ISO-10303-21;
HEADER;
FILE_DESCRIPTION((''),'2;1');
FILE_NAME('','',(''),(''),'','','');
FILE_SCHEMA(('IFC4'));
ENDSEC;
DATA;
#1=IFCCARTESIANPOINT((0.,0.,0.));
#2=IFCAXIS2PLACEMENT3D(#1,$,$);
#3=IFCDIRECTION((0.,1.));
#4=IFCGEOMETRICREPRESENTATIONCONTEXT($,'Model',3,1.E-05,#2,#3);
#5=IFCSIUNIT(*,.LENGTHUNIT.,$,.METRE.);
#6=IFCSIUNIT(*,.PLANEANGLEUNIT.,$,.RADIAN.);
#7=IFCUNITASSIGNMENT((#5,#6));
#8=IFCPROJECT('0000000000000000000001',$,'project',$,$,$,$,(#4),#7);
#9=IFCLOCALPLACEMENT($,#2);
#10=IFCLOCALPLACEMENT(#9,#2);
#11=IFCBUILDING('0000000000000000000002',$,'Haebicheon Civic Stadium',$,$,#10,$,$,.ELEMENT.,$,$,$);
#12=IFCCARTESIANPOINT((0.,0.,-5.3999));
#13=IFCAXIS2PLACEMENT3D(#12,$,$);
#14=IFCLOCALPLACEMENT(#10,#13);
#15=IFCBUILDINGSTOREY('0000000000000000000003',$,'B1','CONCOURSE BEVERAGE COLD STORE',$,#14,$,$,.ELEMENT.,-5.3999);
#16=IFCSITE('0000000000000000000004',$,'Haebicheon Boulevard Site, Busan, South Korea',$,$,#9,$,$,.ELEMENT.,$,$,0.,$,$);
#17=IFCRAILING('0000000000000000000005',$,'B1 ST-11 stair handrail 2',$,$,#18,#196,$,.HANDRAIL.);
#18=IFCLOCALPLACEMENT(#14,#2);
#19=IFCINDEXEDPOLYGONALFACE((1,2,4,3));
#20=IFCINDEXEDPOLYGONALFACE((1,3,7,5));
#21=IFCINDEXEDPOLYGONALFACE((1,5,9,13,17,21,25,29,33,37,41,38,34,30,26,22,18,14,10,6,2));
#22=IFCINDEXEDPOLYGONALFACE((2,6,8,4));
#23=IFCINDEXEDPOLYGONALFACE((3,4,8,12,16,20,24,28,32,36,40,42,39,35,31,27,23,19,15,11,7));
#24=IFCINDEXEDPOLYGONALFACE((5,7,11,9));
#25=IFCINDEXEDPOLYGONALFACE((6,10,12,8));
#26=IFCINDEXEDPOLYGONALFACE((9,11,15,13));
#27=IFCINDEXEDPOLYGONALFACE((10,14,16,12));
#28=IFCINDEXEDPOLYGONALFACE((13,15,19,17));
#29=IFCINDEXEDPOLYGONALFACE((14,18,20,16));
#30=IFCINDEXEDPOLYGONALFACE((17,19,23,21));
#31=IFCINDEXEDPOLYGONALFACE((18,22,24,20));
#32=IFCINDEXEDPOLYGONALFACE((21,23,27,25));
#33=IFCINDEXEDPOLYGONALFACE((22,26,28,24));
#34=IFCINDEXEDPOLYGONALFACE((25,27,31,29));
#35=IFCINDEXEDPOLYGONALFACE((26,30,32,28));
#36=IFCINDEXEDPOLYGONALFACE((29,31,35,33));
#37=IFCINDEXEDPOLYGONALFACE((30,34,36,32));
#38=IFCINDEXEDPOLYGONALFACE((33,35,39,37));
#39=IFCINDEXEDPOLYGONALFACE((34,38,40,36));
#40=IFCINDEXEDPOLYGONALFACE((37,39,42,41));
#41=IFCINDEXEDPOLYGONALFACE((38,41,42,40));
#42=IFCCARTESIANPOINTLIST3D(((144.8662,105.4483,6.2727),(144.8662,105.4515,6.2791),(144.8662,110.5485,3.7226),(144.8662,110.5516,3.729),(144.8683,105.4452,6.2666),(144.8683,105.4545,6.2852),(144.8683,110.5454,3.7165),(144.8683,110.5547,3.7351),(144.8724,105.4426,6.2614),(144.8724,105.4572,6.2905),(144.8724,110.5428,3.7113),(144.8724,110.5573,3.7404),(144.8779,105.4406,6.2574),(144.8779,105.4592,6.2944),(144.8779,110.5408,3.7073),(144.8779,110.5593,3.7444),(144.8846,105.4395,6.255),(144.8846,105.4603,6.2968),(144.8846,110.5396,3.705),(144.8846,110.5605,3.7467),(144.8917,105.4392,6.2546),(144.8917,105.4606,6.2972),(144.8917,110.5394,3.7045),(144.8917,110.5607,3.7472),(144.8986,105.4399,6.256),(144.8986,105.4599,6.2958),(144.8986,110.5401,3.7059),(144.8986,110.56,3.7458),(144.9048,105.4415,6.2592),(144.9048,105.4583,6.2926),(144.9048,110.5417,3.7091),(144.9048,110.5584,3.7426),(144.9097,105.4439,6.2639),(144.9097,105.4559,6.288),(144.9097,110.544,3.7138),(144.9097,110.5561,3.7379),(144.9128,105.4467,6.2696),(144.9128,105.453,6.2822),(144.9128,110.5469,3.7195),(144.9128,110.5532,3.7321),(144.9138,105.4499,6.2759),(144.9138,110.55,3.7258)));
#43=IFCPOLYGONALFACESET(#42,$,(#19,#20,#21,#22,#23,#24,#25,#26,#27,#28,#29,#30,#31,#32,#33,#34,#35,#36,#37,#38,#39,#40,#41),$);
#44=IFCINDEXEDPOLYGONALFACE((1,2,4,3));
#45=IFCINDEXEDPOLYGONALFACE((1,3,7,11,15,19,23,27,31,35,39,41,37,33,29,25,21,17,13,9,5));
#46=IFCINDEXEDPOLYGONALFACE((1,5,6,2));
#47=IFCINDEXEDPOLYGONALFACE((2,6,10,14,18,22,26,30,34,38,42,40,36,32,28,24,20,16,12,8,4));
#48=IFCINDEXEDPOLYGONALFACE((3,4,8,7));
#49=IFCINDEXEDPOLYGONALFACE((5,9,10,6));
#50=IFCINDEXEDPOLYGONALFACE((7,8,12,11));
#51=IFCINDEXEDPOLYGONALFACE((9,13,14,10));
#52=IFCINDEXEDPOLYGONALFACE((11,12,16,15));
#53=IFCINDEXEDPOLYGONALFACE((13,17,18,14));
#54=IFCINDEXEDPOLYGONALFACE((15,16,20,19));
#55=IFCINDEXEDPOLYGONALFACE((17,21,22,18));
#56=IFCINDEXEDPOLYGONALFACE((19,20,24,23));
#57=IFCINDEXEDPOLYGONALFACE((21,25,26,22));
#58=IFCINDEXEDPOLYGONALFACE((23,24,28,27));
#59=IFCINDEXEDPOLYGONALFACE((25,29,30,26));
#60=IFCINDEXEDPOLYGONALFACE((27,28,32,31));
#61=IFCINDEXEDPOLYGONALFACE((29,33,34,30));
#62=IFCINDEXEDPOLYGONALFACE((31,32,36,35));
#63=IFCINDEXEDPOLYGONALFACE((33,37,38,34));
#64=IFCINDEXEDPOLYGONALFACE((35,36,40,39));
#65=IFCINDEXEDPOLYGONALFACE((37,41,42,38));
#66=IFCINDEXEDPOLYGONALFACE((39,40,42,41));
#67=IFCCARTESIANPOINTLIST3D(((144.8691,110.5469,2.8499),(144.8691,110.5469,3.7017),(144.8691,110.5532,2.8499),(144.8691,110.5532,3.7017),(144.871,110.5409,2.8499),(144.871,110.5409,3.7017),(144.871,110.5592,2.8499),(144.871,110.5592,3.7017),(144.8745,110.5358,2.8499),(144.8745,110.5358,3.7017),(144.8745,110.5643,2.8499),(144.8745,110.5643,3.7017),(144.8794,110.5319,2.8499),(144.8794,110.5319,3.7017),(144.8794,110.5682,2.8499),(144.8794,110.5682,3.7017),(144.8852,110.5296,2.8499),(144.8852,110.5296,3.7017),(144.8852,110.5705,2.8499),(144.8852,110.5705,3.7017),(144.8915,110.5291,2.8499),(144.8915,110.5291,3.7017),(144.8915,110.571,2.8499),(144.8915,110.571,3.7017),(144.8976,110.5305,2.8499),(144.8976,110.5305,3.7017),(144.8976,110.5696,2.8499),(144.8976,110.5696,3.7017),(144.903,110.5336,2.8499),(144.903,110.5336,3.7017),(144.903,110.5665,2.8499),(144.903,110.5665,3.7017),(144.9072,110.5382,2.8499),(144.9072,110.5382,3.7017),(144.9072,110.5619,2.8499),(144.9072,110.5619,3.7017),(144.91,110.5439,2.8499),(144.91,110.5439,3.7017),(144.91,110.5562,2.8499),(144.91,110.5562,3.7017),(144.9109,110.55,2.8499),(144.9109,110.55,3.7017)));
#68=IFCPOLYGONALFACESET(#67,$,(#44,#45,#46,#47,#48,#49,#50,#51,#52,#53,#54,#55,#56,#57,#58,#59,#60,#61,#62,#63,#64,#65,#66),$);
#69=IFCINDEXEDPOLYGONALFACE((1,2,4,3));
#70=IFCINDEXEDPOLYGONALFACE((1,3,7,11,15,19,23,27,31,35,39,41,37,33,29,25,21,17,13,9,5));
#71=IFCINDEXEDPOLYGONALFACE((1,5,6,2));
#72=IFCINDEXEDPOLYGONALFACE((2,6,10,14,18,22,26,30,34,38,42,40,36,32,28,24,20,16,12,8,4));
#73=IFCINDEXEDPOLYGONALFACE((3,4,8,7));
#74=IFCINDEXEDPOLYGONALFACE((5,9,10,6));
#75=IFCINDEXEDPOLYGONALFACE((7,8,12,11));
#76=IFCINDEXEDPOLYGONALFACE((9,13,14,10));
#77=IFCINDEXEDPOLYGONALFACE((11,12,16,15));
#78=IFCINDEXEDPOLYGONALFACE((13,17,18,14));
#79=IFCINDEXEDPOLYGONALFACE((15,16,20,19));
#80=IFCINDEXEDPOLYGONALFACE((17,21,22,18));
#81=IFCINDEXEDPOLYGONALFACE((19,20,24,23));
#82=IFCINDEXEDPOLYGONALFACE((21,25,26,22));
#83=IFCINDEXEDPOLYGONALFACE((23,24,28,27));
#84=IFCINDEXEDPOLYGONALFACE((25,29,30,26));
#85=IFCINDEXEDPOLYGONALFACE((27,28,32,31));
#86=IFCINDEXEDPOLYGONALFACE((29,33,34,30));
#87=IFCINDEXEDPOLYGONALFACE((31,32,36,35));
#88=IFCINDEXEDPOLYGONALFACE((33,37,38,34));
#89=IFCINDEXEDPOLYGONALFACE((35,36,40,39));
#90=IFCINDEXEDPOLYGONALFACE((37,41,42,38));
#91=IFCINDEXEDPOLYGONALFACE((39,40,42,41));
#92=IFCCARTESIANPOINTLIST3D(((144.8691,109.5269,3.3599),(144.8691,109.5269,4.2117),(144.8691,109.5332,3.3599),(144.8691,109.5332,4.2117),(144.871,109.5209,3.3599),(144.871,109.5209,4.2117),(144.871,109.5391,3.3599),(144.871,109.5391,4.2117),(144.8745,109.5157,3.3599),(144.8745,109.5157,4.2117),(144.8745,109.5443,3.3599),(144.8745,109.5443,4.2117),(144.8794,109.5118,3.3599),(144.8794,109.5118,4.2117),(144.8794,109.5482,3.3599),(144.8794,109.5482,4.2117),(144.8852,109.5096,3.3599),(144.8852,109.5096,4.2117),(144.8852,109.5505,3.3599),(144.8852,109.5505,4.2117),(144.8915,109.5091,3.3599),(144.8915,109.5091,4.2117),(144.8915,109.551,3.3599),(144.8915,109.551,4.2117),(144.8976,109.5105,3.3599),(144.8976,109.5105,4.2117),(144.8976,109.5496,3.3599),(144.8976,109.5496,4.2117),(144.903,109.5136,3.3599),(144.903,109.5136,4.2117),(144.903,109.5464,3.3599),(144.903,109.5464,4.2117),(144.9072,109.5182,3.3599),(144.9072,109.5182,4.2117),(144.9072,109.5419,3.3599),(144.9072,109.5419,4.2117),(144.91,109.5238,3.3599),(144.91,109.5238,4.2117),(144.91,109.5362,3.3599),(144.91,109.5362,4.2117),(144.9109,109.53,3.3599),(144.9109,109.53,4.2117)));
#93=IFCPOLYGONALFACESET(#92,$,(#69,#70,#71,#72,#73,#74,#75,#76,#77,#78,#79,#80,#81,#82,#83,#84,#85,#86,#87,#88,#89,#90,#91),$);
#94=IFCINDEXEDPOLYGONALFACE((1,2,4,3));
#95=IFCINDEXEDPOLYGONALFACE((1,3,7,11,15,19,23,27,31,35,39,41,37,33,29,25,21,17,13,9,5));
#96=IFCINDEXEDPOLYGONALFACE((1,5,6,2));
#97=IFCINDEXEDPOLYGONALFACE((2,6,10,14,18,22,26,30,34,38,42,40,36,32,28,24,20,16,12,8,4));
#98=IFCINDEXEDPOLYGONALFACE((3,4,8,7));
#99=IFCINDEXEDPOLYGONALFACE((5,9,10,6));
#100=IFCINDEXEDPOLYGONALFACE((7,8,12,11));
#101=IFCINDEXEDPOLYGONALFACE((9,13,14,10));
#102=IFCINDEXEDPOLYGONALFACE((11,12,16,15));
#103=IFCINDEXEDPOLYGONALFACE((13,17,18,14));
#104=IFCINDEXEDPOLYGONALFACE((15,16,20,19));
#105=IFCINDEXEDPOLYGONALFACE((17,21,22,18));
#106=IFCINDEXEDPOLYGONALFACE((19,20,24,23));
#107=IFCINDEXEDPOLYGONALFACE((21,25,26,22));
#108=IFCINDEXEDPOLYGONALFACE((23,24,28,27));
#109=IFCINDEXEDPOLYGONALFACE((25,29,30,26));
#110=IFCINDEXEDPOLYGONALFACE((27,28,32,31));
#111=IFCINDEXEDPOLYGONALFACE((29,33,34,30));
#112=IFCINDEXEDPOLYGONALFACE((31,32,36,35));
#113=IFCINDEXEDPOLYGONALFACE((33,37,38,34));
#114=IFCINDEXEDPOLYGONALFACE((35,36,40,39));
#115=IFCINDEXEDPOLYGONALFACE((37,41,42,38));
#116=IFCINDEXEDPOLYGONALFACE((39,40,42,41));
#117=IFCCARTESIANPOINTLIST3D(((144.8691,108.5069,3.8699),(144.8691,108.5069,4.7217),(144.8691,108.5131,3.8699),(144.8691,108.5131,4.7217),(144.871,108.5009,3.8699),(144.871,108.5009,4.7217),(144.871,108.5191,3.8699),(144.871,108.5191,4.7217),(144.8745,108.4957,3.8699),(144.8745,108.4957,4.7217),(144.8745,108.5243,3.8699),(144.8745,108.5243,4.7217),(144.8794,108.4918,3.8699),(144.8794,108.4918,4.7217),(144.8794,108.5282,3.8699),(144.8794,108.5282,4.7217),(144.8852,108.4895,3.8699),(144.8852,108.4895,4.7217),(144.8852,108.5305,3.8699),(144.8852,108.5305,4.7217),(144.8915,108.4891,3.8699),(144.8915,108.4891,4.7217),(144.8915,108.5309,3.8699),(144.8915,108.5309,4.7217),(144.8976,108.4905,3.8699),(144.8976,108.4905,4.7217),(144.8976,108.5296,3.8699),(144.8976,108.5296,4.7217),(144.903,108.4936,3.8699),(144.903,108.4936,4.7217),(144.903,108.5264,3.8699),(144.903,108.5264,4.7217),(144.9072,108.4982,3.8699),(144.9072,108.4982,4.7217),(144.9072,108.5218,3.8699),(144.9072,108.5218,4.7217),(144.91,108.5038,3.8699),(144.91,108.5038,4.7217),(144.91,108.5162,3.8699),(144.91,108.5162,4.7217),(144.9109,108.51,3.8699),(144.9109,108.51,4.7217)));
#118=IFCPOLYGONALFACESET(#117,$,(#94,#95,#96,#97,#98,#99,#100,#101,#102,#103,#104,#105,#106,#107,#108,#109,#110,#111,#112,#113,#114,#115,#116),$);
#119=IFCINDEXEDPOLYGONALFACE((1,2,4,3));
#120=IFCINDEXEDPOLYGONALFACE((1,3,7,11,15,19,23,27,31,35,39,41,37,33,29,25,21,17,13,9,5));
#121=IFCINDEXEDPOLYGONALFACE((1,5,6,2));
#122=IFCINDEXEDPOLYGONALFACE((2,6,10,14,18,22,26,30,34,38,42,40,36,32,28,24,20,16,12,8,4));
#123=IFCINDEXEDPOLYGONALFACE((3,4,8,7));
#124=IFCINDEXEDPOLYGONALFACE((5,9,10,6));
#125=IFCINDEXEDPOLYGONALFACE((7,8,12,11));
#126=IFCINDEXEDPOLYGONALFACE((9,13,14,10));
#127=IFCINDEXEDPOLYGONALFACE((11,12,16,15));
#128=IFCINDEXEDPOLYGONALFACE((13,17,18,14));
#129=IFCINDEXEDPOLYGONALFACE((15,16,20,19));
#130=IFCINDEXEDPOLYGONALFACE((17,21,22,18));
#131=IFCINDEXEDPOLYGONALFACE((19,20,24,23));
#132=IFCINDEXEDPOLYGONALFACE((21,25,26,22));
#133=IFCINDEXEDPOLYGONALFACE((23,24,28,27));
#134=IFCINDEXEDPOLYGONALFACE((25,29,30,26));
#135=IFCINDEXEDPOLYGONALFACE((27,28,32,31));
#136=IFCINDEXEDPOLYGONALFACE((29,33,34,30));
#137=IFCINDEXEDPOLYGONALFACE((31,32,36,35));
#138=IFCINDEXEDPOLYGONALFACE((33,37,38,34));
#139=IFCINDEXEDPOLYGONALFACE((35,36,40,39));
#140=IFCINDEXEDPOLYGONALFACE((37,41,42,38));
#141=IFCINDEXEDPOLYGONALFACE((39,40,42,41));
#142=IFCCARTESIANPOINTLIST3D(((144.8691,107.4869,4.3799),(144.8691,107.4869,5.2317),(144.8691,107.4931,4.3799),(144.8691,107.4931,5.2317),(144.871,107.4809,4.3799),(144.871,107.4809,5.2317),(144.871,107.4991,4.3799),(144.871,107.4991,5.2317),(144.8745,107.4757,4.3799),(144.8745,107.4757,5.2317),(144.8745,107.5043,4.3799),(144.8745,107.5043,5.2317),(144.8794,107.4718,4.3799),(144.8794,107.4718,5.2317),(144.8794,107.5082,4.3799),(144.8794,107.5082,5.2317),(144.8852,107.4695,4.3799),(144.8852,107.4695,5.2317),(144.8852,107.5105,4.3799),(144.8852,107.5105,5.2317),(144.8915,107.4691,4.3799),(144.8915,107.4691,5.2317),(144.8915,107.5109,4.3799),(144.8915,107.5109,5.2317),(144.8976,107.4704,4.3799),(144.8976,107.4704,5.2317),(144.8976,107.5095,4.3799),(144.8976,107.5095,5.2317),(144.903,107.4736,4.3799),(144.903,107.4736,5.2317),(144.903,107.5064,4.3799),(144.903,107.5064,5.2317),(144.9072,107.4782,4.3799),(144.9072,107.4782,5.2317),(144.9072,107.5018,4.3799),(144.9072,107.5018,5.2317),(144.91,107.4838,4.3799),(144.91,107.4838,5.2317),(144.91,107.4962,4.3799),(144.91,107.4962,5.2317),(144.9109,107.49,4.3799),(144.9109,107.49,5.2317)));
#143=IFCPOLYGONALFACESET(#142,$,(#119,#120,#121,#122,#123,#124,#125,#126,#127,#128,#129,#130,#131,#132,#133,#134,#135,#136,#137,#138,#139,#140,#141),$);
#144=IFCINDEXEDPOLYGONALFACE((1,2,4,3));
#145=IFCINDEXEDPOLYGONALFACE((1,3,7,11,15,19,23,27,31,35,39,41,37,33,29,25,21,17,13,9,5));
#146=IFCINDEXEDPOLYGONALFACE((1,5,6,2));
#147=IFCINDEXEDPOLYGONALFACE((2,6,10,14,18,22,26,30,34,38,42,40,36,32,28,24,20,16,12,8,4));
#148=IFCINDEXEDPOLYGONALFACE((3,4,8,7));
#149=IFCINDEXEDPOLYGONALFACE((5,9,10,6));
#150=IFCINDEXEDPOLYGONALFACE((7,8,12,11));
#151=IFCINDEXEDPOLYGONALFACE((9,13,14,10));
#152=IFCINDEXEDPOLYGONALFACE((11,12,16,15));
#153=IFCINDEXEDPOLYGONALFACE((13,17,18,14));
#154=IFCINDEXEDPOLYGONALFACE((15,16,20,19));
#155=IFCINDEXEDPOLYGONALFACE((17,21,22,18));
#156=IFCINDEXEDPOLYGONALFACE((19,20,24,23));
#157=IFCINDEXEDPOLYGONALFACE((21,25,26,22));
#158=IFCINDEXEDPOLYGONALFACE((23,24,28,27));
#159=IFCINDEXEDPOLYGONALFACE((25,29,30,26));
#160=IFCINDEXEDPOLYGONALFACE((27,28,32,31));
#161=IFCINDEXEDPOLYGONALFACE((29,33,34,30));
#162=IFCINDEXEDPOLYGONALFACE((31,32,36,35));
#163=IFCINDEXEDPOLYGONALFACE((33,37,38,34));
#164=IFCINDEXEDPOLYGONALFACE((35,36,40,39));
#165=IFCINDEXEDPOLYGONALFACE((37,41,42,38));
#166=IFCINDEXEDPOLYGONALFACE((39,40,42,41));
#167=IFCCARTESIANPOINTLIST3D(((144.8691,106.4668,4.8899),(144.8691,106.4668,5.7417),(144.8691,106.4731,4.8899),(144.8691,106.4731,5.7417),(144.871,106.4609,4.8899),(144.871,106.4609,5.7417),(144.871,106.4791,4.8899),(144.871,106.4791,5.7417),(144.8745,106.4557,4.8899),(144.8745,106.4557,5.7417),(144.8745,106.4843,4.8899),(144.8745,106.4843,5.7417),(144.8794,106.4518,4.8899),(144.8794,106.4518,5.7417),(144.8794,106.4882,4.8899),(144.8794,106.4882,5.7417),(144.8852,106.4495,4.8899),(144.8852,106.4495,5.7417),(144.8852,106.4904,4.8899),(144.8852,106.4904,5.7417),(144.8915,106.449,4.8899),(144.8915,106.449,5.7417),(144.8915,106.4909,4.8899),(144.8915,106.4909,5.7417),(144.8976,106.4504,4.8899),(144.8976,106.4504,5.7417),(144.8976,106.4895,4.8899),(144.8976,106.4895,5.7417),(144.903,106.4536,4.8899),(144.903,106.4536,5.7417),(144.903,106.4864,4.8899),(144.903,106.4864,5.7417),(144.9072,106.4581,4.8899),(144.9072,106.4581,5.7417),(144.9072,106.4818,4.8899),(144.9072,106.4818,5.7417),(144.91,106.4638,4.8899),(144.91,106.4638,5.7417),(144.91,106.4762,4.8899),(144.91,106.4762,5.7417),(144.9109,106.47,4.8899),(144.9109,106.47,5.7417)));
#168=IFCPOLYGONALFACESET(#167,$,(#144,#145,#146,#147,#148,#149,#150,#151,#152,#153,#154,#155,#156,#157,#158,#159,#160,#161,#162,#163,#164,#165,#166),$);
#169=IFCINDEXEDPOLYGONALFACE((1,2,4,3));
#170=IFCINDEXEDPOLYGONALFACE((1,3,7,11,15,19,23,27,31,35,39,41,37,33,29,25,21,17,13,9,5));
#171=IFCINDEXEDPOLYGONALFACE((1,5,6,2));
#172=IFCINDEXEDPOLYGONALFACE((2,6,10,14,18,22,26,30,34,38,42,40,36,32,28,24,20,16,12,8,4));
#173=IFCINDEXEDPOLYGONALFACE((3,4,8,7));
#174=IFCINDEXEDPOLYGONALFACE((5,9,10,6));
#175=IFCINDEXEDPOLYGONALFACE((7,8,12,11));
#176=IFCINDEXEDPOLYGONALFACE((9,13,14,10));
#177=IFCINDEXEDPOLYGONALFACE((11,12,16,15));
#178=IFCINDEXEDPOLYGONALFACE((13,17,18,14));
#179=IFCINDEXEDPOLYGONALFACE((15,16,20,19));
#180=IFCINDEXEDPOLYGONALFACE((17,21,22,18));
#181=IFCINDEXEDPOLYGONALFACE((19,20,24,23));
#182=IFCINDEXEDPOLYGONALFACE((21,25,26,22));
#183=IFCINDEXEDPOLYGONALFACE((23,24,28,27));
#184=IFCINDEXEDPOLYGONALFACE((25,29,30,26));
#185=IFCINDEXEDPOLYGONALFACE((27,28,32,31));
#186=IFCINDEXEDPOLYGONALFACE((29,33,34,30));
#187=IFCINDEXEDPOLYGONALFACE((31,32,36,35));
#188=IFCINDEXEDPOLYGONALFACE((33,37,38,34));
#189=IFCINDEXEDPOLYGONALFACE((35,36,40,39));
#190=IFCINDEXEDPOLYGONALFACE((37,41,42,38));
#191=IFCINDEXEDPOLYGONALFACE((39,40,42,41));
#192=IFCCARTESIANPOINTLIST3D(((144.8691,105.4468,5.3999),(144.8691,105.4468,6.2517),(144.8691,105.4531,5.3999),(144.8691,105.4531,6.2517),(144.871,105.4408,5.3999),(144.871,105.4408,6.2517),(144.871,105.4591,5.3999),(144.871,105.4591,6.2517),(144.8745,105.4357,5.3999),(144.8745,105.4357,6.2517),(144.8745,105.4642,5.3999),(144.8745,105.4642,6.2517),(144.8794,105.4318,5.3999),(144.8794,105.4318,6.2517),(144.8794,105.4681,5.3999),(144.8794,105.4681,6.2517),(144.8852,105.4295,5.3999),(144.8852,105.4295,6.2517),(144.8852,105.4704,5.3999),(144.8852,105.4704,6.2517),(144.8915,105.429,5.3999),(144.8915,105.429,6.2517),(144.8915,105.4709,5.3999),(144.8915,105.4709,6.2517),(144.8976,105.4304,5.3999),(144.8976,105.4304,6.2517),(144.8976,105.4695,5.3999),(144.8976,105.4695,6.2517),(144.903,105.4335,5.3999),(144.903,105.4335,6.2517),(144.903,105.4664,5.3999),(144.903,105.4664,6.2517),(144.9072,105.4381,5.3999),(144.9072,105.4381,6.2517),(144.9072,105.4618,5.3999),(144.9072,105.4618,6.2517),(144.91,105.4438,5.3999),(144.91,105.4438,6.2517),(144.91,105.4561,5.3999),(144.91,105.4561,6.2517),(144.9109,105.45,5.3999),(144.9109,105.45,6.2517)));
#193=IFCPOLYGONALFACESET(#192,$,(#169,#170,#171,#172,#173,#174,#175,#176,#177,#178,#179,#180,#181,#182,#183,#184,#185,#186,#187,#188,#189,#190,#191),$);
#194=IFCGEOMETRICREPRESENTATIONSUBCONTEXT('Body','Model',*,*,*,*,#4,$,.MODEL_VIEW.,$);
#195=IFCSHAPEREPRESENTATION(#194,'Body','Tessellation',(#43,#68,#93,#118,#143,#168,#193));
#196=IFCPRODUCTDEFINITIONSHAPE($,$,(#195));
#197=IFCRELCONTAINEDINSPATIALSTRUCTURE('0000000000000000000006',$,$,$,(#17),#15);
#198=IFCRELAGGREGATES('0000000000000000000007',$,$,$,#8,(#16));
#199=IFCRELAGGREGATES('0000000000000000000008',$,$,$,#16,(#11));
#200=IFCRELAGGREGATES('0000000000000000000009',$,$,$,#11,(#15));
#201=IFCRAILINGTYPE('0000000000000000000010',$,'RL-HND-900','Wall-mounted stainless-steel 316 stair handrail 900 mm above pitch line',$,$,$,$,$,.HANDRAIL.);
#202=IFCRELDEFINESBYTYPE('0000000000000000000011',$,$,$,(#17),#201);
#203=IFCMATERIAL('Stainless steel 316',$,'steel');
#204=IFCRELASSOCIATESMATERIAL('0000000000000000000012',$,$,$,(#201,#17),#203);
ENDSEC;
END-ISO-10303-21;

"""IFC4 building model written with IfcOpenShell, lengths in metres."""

from ifc_helpers import new_model, si_unit, direction, frame, origin, origin_2d, place, context, subcontext, project, spatial, circle, extrude, material, type_object, element, save


model = new_model("IFC4")

# Units and contexts
model_context = context("Model", 3, precision=1e-05, world=origin(), true_north=direction((0.0, 1.0)))
body_context = subcontext(model_context, "Body", "Model", "MODEL_VIEW")
ifc_project = project(units=[si_unit("LENGTHUNIT", "METRE"), si_unit("PLANEANGLEUNIT", "RADIAN")], contexts=[model_context])

# Site, building, storey
site_placement = place(None, origin())
site = spatial("IfcSite", under=ifc_project, at=site_placement, Name="Haebicheon Boulevard Site, Busan, South Korea", CompositionType="ELEMENT", RefElevation=0.0)
building_placement = place(site_placement, origin())
building = spatial("IfcBuilding", under=site, at=building_placement, Name="Haebicheon Civic Stadium", CompositionType="ELEMENT")
storey_placement = place(building_placement, frame((0.0, 0.0, -5.3999)))
storey = spatial("IfcBuildingStorey", under=building, at=storey_placement, Name="B1", Description="CONCOURSE BEVERAGE COLD STORE", CompositionType="ELEMENT", Elevation=-5.3999)

# Railing
ifc_material_1 = material(Name="Stainless steel 316", Category="steel")
railing_type_1 = type_object("IfcRailingType", Name="RL-HND-900", Description="Wall-mounted stainless-steel 316 stair handrail 900 mm above pitch line", PredefinedType="HANDRAIL", material=ifc_material_1)
railing_1_placement = place(storey_placement, frame((144.8899, 110.55, 2.8499)))
element("IfcRailing", 1, at=railing_1_placement, inside=storey, type_object=railing_type_1, material=ifc_material_1, Name="B1 ST-11 stair handrail 2", PredefinedType="HANDRAIL", context=body_context, shape_type="SweptSolid", body=[
    extrude(circle(Radius=0.0239, at=origin_2d()), frame((0.0, 0.0, 0.876), z_axis=(0.0, -0.894427, 0.447214), x_axis=(1.0, 0.0, 0.0)), (0.0, 0.0, 1.0), 5.7021),
    extrude(circle(Radius=0.021, at=origin_2d()), origin(), (0.0, 0.0, 1.0), 0.8518),
    extrude(circle(Radius=0.021, at=origin_2d()), frame((0.0, -1.02, 0.51)), (0.0, 0.0, 1.0), 0.8518),
    extrude(circle(Radius=0.021, at=origin_2d()), frame((0.0, -2.04, 1.02)), (0.0, 0.0, 1.0), 0.8518),
    extrude(circle(Radius=0.021, at=origin_2d()), frame((0.0, -3.0601, 1.53)), (0.0, 0.0, 1.0), 0.8518),
    extrude(circle(Radius=0.021, at=origin_2d()), frame((0.0, -4.0801, 2.04)), (0.0, 0.0, 1.0), 0.8518),
    extrude(circle(Radius=0.021, at=origin_2d()), frame((0.0, -5.1001, 2.55)), (0.0, 0.0, 1.0), 0.8518),
])

save(model, "model.ifc")
